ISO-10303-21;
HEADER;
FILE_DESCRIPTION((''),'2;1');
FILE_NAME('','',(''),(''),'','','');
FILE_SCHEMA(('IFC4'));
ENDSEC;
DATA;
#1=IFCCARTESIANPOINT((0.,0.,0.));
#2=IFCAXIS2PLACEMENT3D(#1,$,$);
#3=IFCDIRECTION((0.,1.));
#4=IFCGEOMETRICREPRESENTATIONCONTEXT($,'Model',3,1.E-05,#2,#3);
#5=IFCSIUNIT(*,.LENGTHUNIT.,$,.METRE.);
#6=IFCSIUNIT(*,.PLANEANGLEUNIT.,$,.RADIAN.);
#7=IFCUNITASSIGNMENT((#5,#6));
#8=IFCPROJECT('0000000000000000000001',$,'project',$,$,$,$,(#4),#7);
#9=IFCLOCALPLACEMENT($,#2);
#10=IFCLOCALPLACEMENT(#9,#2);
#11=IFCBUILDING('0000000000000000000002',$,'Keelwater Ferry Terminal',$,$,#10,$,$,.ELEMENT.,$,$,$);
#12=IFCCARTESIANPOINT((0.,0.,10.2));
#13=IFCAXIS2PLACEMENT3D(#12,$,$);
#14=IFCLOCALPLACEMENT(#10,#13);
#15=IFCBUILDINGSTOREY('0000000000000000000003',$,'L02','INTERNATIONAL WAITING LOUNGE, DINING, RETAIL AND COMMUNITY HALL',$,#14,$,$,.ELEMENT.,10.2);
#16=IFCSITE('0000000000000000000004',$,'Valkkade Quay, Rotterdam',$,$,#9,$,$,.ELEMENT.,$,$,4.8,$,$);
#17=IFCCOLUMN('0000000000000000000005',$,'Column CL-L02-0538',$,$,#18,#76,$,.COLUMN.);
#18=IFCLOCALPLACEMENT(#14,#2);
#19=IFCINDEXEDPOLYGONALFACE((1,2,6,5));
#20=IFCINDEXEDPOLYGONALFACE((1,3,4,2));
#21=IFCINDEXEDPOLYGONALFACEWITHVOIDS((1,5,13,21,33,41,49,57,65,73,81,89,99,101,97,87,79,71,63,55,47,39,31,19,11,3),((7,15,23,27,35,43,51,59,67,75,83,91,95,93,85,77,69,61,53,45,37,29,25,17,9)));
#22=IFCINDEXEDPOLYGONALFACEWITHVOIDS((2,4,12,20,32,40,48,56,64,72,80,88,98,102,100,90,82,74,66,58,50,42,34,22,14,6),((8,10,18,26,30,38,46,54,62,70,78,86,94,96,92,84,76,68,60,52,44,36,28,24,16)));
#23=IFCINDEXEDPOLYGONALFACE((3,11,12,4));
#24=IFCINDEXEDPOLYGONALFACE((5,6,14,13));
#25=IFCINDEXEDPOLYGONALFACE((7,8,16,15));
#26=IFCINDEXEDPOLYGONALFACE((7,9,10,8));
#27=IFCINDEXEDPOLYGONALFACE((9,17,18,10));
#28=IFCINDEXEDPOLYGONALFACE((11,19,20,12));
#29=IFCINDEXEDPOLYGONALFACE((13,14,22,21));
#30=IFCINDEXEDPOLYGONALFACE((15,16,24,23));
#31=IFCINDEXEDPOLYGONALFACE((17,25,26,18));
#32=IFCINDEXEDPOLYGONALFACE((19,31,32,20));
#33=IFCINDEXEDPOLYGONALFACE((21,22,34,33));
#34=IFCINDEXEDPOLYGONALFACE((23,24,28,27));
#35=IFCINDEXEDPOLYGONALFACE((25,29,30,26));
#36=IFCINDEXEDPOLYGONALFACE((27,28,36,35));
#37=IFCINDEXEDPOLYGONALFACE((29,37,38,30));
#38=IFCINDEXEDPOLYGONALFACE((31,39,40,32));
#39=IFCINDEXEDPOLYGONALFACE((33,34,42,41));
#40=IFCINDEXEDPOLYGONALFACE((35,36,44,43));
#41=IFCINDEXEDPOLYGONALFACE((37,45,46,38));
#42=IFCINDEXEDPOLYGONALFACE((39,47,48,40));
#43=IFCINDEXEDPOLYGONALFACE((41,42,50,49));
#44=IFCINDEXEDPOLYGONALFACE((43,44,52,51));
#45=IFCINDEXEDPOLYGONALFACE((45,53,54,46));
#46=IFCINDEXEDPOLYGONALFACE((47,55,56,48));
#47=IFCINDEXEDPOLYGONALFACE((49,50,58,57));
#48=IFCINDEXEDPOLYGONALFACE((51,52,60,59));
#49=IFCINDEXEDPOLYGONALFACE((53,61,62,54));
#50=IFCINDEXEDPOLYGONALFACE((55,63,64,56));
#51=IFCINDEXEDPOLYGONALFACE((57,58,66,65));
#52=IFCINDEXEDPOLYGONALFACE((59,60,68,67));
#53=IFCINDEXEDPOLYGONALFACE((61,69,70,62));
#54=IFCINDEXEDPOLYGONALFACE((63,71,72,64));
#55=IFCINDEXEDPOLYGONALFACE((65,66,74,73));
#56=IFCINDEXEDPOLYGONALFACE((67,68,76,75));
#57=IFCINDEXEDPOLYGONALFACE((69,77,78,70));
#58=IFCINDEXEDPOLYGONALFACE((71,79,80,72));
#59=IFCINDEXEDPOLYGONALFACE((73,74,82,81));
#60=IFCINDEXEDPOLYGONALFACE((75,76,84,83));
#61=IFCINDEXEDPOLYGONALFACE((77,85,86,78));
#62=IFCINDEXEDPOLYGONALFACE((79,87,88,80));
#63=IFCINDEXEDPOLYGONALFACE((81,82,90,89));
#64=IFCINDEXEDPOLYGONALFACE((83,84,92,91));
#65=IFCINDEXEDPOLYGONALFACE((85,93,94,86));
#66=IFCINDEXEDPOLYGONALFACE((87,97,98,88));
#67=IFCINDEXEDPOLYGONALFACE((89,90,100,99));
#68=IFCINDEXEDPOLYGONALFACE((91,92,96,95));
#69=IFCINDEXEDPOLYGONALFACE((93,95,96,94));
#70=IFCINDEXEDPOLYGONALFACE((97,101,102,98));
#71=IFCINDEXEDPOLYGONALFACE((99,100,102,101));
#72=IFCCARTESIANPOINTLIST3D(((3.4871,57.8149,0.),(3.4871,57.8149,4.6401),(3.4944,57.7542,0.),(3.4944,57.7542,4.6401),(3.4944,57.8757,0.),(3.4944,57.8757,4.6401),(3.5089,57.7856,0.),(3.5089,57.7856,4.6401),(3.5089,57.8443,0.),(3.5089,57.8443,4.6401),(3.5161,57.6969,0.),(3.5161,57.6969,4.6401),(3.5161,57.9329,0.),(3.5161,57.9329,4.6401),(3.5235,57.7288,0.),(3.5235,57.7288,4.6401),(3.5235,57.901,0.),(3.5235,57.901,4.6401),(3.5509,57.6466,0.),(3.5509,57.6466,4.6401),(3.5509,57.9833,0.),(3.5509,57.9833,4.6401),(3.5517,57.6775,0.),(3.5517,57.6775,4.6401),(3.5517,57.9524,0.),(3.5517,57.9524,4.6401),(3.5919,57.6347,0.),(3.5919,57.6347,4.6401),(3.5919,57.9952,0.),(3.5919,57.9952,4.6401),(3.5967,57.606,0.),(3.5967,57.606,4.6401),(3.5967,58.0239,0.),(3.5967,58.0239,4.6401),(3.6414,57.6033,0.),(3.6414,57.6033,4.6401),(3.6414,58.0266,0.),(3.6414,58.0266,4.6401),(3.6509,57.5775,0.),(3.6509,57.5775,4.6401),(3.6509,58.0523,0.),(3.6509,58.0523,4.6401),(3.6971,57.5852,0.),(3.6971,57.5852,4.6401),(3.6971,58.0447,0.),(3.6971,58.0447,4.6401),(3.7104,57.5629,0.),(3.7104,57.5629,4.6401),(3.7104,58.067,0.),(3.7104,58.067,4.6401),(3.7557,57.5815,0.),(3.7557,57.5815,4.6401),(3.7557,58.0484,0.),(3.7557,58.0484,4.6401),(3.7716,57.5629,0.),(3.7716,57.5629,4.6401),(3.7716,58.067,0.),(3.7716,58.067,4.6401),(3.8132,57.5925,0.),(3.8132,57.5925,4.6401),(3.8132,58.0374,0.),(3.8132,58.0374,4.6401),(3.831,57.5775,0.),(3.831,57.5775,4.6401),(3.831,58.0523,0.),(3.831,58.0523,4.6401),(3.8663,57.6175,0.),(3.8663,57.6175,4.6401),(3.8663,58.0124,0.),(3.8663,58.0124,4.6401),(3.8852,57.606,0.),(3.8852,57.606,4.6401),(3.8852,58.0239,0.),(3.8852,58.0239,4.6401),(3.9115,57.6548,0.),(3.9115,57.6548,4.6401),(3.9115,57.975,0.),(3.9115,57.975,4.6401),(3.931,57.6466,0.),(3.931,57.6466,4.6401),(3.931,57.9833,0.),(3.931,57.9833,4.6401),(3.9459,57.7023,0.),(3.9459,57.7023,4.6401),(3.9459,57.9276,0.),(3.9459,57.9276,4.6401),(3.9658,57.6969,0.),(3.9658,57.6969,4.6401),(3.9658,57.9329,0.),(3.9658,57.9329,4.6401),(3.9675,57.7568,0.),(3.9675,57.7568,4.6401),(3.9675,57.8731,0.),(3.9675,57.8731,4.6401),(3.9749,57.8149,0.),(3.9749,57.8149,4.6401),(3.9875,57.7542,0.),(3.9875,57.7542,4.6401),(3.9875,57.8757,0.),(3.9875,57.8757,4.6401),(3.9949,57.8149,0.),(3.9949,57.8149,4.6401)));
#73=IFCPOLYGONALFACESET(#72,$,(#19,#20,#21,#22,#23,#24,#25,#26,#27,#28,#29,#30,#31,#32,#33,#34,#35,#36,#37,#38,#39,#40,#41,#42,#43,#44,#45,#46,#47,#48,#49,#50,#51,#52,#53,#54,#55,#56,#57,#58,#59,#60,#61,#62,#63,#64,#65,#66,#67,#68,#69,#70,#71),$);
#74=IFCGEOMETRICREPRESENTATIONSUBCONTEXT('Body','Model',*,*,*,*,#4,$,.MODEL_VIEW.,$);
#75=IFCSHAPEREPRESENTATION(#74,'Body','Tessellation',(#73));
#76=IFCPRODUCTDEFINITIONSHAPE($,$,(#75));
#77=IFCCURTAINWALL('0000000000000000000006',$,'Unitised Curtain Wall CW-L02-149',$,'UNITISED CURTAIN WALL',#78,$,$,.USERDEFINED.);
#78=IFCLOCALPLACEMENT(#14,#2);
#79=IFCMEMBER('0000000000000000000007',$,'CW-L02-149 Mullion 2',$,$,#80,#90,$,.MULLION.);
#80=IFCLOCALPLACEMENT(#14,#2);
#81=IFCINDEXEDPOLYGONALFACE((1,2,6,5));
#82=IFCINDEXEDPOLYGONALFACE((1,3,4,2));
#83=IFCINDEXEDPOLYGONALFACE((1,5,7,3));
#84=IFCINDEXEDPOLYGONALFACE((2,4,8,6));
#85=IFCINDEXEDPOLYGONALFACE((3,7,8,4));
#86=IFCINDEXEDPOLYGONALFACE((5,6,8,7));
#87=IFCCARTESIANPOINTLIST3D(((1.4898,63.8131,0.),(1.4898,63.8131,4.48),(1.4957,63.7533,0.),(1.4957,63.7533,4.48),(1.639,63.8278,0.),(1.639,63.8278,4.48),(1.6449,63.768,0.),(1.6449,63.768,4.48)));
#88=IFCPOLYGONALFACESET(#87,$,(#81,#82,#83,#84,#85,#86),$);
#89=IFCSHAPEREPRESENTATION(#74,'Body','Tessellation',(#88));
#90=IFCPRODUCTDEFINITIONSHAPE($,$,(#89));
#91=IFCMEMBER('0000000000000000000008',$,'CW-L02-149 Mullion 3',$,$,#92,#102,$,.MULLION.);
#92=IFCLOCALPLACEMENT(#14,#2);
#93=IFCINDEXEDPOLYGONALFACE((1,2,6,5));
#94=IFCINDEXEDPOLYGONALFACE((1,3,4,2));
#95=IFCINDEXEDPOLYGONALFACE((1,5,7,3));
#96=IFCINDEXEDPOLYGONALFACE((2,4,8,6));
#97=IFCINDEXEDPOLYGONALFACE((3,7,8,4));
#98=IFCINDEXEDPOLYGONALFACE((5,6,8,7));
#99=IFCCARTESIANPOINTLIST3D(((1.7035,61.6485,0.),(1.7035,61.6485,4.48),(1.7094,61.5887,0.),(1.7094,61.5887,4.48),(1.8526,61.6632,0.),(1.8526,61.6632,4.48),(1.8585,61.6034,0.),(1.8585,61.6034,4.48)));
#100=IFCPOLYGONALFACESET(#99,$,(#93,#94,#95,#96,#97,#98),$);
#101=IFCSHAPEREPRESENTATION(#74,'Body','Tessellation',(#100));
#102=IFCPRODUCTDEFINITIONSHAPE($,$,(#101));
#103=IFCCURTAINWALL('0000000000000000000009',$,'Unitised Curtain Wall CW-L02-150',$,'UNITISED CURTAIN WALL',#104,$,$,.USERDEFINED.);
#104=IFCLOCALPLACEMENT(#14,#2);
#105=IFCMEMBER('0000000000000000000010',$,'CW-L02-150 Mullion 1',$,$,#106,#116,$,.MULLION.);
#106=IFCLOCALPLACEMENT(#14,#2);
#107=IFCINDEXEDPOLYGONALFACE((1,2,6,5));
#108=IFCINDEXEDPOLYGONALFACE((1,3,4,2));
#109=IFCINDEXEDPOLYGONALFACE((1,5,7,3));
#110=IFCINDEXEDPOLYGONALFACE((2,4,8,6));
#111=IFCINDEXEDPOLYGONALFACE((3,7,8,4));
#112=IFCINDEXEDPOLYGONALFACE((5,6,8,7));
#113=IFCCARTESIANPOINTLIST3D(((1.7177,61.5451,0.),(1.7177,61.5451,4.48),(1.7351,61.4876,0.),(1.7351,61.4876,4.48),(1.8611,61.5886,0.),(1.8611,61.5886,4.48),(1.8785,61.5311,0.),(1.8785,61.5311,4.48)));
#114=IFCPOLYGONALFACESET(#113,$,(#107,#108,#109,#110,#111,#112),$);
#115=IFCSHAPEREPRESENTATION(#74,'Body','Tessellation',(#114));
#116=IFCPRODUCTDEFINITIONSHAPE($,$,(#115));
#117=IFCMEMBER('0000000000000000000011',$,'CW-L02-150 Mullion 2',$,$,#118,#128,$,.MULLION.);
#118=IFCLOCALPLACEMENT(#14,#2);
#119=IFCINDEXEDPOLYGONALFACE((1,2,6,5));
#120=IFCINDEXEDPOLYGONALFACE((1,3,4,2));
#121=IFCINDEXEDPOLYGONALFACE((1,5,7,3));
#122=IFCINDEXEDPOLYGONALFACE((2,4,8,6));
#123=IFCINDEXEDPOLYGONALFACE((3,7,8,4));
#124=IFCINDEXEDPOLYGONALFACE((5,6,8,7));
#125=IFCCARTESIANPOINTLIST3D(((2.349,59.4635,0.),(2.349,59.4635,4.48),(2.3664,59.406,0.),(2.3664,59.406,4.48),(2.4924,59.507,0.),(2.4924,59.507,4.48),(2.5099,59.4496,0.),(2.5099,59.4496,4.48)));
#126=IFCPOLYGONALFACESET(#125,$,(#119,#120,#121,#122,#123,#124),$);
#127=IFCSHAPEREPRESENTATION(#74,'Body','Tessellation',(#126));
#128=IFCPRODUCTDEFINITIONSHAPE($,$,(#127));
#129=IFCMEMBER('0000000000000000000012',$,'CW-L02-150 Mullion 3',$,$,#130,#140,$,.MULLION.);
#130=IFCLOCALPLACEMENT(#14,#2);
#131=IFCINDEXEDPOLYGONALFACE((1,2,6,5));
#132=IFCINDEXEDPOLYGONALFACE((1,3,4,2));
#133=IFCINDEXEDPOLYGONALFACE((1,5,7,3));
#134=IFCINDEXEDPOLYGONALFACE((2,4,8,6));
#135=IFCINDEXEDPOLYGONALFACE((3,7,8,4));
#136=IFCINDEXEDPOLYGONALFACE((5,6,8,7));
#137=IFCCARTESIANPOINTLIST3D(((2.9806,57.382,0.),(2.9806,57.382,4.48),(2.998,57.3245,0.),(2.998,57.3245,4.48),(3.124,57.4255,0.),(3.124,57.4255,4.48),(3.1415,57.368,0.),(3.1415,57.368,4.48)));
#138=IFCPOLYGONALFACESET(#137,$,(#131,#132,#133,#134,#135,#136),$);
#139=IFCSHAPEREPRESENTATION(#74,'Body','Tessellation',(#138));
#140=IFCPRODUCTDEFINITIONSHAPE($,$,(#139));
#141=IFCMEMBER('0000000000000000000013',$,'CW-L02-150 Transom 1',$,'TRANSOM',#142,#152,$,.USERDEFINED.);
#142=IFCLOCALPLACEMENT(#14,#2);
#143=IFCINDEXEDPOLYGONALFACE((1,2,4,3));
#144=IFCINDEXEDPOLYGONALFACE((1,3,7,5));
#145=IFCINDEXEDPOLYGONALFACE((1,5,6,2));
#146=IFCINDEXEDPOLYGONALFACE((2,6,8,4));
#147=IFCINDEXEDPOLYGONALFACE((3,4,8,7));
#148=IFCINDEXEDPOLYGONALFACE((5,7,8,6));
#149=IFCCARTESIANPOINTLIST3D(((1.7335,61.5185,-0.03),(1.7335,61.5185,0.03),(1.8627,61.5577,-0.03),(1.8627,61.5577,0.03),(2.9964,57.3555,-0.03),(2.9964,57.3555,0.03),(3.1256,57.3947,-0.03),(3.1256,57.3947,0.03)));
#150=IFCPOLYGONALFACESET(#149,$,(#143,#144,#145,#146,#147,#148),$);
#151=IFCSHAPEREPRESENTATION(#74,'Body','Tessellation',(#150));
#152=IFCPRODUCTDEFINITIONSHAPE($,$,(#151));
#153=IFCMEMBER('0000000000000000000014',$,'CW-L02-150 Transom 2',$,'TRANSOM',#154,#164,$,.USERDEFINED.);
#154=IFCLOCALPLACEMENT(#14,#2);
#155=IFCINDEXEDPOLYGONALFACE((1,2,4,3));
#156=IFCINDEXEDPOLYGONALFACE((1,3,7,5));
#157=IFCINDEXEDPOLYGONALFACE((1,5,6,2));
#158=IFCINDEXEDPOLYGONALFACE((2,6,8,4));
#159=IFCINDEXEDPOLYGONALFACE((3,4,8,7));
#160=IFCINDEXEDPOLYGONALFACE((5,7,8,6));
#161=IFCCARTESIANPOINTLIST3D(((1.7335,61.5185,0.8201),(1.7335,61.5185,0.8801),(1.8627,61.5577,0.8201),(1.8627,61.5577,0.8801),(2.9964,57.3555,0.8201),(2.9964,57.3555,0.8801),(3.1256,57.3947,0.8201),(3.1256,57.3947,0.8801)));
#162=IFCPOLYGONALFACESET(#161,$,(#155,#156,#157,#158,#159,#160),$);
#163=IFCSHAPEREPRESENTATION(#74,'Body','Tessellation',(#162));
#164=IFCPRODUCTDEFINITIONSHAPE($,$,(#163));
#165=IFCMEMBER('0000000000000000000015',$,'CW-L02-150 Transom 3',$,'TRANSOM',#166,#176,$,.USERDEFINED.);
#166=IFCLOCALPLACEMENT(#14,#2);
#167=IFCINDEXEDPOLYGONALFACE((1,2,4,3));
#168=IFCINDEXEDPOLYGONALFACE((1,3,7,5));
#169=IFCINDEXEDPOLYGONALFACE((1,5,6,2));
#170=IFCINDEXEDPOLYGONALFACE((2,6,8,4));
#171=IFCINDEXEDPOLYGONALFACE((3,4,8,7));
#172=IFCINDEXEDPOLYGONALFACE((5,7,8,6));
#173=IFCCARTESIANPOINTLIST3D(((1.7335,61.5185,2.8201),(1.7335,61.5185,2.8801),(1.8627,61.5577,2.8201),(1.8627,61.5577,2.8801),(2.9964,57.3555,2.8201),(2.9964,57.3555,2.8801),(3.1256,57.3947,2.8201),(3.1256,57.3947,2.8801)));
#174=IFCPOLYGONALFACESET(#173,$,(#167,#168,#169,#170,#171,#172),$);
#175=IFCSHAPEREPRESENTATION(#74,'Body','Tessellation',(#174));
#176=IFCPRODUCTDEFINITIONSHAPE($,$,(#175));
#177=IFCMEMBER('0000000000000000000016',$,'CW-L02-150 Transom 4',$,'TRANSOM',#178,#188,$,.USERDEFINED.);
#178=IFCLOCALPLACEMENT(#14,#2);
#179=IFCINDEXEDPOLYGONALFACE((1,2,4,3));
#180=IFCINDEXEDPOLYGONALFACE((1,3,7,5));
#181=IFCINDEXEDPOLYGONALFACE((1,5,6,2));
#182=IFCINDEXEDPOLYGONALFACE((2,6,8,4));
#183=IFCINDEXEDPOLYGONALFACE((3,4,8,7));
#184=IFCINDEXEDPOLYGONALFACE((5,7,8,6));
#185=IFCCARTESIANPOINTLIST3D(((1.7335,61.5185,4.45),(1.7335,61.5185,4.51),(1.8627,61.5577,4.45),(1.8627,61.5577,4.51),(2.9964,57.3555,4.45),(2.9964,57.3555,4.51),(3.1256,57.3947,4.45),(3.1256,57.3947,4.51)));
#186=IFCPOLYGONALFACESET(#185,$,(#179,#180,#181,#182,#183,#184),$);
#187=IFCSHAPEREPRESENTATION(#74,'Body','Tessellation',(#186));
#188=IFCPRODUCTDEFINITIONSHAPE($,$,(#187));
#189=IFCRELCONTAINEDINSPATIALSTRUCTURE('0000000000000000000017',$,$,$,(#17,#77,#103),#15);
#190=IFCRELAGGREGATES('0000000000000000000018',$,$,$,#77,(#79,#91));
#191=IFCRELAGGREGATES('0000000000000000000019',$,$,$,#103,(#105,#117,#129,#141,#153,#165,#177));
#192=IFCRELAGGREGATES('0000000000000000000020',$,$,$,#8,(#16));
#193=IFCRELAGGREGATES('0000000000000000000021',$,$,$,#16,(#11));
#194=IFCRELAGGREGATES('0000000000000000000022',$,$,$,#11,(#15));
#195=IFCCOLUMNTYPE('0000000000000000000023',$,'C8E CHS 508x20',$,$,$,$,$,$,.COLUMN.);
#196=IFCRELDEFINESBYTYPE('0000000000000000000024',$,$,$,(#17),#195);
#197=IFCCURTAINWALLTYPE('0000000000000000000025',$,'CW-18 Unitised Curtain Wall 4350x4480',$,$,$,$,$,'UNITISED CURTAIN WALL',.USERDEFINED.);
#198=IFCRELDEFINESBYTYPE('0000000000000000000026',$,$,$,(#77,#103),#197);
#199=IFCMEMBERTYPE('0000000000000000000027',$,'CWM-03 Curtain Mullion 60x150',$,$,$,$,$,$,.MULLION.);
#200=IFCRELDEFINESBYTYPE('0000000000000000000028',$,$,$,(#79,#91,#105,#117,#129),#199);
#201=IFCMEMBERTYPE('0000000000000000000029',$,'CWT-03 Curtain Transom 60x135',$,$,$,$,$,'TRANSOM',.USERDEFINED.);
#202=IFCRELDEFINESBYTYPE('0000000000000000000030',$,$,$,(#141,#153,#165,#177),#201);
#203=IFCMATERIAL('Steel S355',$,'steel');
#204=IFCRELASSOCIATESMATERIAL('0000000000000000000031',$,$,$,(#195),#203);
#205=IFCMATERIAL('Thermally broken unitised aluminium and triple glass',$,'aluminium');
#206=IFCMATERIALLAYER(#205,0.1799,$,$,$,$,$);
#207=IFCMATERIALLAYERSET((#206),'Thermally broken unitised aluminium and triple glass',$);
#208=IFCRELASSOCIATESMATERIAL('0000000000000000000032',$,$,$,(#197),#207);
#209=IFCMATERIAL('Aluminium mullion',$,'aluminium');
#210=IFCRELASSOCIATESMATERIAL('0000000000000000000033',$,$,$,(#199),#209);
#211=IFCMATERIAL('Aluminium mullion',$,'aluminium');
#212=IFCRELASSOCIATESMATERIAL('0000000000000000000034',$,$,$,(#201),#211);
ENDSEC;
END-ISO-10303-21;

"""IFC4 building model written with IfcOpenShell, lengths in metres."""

from ifc_helpers import new_model, si_unit, direction, frame, origin, origin_2d, place, context, subcontext, project, spatial, rectangle, hollow_circle, extrude, material, layer, layer_set, material_profile, profile_set, type_object, element, aggregate, save


model = new_model("IFC4")

# Units and contexts
model_context = context("Model", 3, precision=1e-05, world=origin(), true_north=direction((0.0, 1.0)))
body_context = subcontext(model_context, "Body", "Model", "MODEL_VIEW")
ifc_project = project(units=[si_unit("LENGTHUNIT", "METRE"), si_unit("PLANEANGLEUNIT", "RADIAN")], contexts=[model_context])

# Site, building, storey
site_placement = place(None, origin())
site = spatial("IfcSite", under=ifc_project, at=site_placement, Name="Valkkade Quay, Rotterdam", CompositionType="ELEMENT", RefElevation=4.8)
building_placement = place(site_placement, origin())
building = spatial("IfcBuilding", under=site, at=building_placement, Name="Keelwater Ferry Terminal", CompositionType="ELEMENT")
storey_placement = place(building_placement, frame((0.0, 0.0, 10.2)))
storey = spatial("IfcBuildingStorey", under=building, at=storey_placement, Name="L02", Description="INTERNATIONAL WAITING LOUNGE, DINING, RETAIL AND COMMUNITY HALL", CompositionType="ELEMENT", Elevation=10.2)

# Column
ifc_material_1 = material(Name="Steel S355", Category="steel")
ifc_material_profile_1 = material_profile(ifc_material_1, hollow_circle(Radius=0.2539, WallThickness=0.02, at=origin_2d()), Name="CHS 508x20")
ifc_profile_set_1 = profile_set([ifc_material_profile_1], Name="Steel S355")
column_type = type_object("IfcColumnType", Name="C8E CHS 508x20", PredefinedType="COLUMN", material=ifc_profile_set_1)
column_placement = place(storey_placement, frame((3.741, 57.8149, 0.0), z_axis=(0.0, 0.0, 1.0), x_axis=(1.0, 0.0, 0.0)))
element("IfcColumn", 1, at=column_placement, inside=storey, type_object=column_type, Name="Column CL-L02-0538", PredefinedType="COLUMN", context=body_context, shape_type="SweptSolid", body=[
    extrude(hollow_circle(Radius=0.2539, WallThickness=0.02, at=origin_2d()), origin(), (0.0, 0.0, 1.0), 4.6401),
])

# Curtain walls, members
ifc_material_2 = material(Name="Thermally broken unitised aluminium and triple glass", Category="aluminium")
ifc_layer_1 = layer(ifc_material_2, 0.1799)
ifc_layer_set_1 = layer_set([ifc_layer_1], Name="Thermally broken unitised aluminium and triple glass")
curtain_wall_type = type_object("IfcCurtainWallType", Name="CW-18 Unitised Curtain Wall 4350x4480", ElementType="UNITISED CURTAIN WALL", PredefinedType="USERDEFINED", material=ifc_layer_set_1)
curtain_wall_1_placement = place(storey_placement, origin())
curtain_wall_1 = element("IfcCurtainWall", 2, at=curtain_wall_1_placement, inside=storey, type_object=curtain_wall_type, Name="Unitised Curtain Wall CW-L02-149", ObjectType="UNITISED CURTAIN WALL", PredefinedType="USERDEFINED")
ifc_material_3 = material(Name="Aluminium mullion", Category="aluminium")
ifc_material_profile_2 = material_profile(ifc_material_3, rectangle(XDim=0.0601, YDim=0.1499, at=origin_2d()), Name="CWM-03")
ifc_profile_set_2 = profile_set([ifc_material_profile_2], Name="Aluminium mullion")
member_type_1 = type_object("IfcMemberType", Name="CWM-03 Curtain Mullion 60x150", PredefinedType="MULLION", material=ifc_profile_set_2)
member_1_placement = place(storey_placement, frame((1.5674, 63.7905, 0.0), z_axis=(0.0, 0.0, 1.0), x_axis=(0.098161, -0.995171, 0.0)))
member_1 = element("IfcMember", 3, at=member_1_placement, type_object=member_type_1, Name="CW-L02-149 Mullion 2", PredefinedType="MULLION", context=body_context, shape_type="SweptSolid", body=[
    extrude(rectangle(XDim=0.0601, YDim=0.1499, at=origin_2d()), origin(), (0.0, 0.0, 1.0), 4.48),
])
member_2_placement = place(storey_placement, frame((1.781, 61.626, 0.0), z_axis=(0.0, 0.0, 1.0), x_axis=(0.098161, -0.995171, 0.0)))
member_2 = element("IfcMember", 4, at=member_2_placement, type_object=member_type_1, Name="CW-L02-149 Mullion 3", PredefinedType="MULLION", context=body_context, shape_type="SweptSolid", body=[
    extrude(rectangle(XDim=0.0601, YDim=0.1499, at=origin_2d()), origin(), (0.0, 0.0, 1.0), 4.48),
])
curtain_wall_2_placement = place(storey_placement, origin())
curtain_wall_2 = element("IfcCurtainWall", 5, at=curtain_wall_2_placement, inside=storey, type_object=curtain_wall_type, Name="Unitised Curtain Wall CW-L02-150", ObjectType="UNITISED CURTAIN WALL", PredefinedType="USERDEFINED")
member_3_placement = place(storey_placement, frame((1.7981, 61.5381, 0.0), z_axis=(0.0, 0.0, 1.0), x_axis=(0.29032, -0.95693, 0.0)))
member_3 = element("IfcMember", 6, at=member_3_placement, type_object=member_type_1, Name="CW-L02-150 Mullion 1", PredefinedType="MULLION", context=body_context, shape_type="SweptSolid", body=[
    extrude(rectangle(XDim=0.0601, YDim=0.1499, at=origin_2d()), origin(), (0.0, 0.0, 1.0), 4.48),
])
member_4_placement = place(storey_placement, frame((2.4294, 59.4565, 0.0), z_axis=(0.0, 0.0, 1.0), x_axis=(0.29032, -0.95693, 0.0)))
member_4 = element("IfcMember", 7, at=member_4_placement, type_object=member_type_1, Name="CW-L02-150 Mullion 2", PredefinedType="MULLION", context=body_context, shape_type="SweptSolid", body=[
    extrude(rectangle(XDim=0.0601, YDim=0.1499, at=origin_2d()), origin(), (0.0, 0.0, 1.0), 4.48),
])
member_5_placement = place(storey_placement, frame((3.061, 57.375, 0.0), z_axis=(0.0, 0.0, 1.0), x_axis=(0.29032, -0.95693, 0.0)))
member_5 = element("IfcMember", 8, at=member_5_placement, type_object=member_type_1, Name="CW-L02-150 Mullion 3", PredefinedType="MULLION", context=body_context, shape_type="SweptSolid", body=[
    extrude(rectangle(XDim=0.0601, YDim=0.1499, at=origin_2d()), origin(), (0.0, 0.0, 1.0), 4.48),
])
ifc_material_4 = material(Name="Aluminium mullion", Category="aluminium")
ifc_material_profile_3 = material_profile(ifc_material_4, rectangle(XDim=0.135, YDim=0.0601, at=origin_2d()), Name="CWT-03")
ifc_profile_set_3 = profile_set([ifc_material_profile_3], Name="Aluminium mullion")
member_type_2 = type_object("IfcMemberType", Name="CWT-03 Curtain Transom 60x135", ElementType="TRANSOM", PredefinedType="USERDEFINED", material=ifc_profile_set_3)
member_6_placement = place(storey_placement, frame((1.7981, 61.5381, 0.0), z_axis=(0.290302, -0.956935, 0.0), x_axis=(0.956935, 0.290302, 0.0)))
member_6 = element("IfcMember", 9, at=member_6_placement, type_object=member_type_2, Name="CW-L02-150 Transom 1", ObjectType="TRANSOM", PredefinedType="USERDEFINED", context=body_context, shape_type="SweptSolid", body=[
    extrude(rectangle(XDim=0.135, YDim=0.0601, at=origin_2d()), origin(), (0.0, 0.0, 1.0), 4.3503),
])
member_7_placement = place(storey_placement, frame((1.7981, 61.5381, 0.8501), z_axis=(0.290302, -0.956935, 0.0), x_axis=(0.956935, 0.290302, 0.0)))
member_7 = element("IfcMember", 10, at=member_7_placement, type_object=member_type_2, Name="CW-L02-150 Transom 2", ObjectType="TRANSOM", PredefinedType="USERDEFINED", context=body_context, shape_type="SweptSolid", body=[
    extrude(rectangle(XDim=0.135, YDim=0.0601, at=origin_2d()), origin(), (0.0, 0.0, 1.0), 4.3503),
])
member_8_placement = place(storey_placement, frame((1.7981, 61.5381, 2.8501), z_axis=(0.290302, -0.956935, 0.0), x_axis=(0.956935, 0.290302, 0.0)))
member_8 = element("IfcMember", 11, at=member_8_placement, type_object=member_type_2, Name="CW-L02-150 Transom 3", ObjectType="TRANSOM", PredefinedType="USERDEFINED", context=body_context, shape_type="SweptSolid", body=[
    extrude(rectangle(XDim=0.135, YDim=0.0601, at=origin_2d()), origin(), (0.0, 0.0, 1.0), 4.3503),
])
member_9_placement = place(storey_placement, frame((1.7981, 61.5381, 4.48), z_axis=(0.290302, -0.956935, 0.0), x_axis=(0.956935, 0.290302, 0.0)))
member_9 = element("IfcMember", 12, at=member_9_placement, type_object=member_type_2, Name="CW-L02-150 Transom 4", ObjectType="TRANSOM", PredefinedType="USERDEFINED", context=body_context, shape_type="SweptSolid", body=[
    extrude(rectangle(XDim=0.135, YDim=0.0601, at=origin_2d()), origin(), (0.0, 0.0, 1.0), 4.3503),
])

aggregate(curtain_wall_1, [member_1, member_2])
aggregate(curtain_wall_2, [member_3, member_4, member_5, member_6, member_7, member_8, member_9])

save(model, "model.ifc")
